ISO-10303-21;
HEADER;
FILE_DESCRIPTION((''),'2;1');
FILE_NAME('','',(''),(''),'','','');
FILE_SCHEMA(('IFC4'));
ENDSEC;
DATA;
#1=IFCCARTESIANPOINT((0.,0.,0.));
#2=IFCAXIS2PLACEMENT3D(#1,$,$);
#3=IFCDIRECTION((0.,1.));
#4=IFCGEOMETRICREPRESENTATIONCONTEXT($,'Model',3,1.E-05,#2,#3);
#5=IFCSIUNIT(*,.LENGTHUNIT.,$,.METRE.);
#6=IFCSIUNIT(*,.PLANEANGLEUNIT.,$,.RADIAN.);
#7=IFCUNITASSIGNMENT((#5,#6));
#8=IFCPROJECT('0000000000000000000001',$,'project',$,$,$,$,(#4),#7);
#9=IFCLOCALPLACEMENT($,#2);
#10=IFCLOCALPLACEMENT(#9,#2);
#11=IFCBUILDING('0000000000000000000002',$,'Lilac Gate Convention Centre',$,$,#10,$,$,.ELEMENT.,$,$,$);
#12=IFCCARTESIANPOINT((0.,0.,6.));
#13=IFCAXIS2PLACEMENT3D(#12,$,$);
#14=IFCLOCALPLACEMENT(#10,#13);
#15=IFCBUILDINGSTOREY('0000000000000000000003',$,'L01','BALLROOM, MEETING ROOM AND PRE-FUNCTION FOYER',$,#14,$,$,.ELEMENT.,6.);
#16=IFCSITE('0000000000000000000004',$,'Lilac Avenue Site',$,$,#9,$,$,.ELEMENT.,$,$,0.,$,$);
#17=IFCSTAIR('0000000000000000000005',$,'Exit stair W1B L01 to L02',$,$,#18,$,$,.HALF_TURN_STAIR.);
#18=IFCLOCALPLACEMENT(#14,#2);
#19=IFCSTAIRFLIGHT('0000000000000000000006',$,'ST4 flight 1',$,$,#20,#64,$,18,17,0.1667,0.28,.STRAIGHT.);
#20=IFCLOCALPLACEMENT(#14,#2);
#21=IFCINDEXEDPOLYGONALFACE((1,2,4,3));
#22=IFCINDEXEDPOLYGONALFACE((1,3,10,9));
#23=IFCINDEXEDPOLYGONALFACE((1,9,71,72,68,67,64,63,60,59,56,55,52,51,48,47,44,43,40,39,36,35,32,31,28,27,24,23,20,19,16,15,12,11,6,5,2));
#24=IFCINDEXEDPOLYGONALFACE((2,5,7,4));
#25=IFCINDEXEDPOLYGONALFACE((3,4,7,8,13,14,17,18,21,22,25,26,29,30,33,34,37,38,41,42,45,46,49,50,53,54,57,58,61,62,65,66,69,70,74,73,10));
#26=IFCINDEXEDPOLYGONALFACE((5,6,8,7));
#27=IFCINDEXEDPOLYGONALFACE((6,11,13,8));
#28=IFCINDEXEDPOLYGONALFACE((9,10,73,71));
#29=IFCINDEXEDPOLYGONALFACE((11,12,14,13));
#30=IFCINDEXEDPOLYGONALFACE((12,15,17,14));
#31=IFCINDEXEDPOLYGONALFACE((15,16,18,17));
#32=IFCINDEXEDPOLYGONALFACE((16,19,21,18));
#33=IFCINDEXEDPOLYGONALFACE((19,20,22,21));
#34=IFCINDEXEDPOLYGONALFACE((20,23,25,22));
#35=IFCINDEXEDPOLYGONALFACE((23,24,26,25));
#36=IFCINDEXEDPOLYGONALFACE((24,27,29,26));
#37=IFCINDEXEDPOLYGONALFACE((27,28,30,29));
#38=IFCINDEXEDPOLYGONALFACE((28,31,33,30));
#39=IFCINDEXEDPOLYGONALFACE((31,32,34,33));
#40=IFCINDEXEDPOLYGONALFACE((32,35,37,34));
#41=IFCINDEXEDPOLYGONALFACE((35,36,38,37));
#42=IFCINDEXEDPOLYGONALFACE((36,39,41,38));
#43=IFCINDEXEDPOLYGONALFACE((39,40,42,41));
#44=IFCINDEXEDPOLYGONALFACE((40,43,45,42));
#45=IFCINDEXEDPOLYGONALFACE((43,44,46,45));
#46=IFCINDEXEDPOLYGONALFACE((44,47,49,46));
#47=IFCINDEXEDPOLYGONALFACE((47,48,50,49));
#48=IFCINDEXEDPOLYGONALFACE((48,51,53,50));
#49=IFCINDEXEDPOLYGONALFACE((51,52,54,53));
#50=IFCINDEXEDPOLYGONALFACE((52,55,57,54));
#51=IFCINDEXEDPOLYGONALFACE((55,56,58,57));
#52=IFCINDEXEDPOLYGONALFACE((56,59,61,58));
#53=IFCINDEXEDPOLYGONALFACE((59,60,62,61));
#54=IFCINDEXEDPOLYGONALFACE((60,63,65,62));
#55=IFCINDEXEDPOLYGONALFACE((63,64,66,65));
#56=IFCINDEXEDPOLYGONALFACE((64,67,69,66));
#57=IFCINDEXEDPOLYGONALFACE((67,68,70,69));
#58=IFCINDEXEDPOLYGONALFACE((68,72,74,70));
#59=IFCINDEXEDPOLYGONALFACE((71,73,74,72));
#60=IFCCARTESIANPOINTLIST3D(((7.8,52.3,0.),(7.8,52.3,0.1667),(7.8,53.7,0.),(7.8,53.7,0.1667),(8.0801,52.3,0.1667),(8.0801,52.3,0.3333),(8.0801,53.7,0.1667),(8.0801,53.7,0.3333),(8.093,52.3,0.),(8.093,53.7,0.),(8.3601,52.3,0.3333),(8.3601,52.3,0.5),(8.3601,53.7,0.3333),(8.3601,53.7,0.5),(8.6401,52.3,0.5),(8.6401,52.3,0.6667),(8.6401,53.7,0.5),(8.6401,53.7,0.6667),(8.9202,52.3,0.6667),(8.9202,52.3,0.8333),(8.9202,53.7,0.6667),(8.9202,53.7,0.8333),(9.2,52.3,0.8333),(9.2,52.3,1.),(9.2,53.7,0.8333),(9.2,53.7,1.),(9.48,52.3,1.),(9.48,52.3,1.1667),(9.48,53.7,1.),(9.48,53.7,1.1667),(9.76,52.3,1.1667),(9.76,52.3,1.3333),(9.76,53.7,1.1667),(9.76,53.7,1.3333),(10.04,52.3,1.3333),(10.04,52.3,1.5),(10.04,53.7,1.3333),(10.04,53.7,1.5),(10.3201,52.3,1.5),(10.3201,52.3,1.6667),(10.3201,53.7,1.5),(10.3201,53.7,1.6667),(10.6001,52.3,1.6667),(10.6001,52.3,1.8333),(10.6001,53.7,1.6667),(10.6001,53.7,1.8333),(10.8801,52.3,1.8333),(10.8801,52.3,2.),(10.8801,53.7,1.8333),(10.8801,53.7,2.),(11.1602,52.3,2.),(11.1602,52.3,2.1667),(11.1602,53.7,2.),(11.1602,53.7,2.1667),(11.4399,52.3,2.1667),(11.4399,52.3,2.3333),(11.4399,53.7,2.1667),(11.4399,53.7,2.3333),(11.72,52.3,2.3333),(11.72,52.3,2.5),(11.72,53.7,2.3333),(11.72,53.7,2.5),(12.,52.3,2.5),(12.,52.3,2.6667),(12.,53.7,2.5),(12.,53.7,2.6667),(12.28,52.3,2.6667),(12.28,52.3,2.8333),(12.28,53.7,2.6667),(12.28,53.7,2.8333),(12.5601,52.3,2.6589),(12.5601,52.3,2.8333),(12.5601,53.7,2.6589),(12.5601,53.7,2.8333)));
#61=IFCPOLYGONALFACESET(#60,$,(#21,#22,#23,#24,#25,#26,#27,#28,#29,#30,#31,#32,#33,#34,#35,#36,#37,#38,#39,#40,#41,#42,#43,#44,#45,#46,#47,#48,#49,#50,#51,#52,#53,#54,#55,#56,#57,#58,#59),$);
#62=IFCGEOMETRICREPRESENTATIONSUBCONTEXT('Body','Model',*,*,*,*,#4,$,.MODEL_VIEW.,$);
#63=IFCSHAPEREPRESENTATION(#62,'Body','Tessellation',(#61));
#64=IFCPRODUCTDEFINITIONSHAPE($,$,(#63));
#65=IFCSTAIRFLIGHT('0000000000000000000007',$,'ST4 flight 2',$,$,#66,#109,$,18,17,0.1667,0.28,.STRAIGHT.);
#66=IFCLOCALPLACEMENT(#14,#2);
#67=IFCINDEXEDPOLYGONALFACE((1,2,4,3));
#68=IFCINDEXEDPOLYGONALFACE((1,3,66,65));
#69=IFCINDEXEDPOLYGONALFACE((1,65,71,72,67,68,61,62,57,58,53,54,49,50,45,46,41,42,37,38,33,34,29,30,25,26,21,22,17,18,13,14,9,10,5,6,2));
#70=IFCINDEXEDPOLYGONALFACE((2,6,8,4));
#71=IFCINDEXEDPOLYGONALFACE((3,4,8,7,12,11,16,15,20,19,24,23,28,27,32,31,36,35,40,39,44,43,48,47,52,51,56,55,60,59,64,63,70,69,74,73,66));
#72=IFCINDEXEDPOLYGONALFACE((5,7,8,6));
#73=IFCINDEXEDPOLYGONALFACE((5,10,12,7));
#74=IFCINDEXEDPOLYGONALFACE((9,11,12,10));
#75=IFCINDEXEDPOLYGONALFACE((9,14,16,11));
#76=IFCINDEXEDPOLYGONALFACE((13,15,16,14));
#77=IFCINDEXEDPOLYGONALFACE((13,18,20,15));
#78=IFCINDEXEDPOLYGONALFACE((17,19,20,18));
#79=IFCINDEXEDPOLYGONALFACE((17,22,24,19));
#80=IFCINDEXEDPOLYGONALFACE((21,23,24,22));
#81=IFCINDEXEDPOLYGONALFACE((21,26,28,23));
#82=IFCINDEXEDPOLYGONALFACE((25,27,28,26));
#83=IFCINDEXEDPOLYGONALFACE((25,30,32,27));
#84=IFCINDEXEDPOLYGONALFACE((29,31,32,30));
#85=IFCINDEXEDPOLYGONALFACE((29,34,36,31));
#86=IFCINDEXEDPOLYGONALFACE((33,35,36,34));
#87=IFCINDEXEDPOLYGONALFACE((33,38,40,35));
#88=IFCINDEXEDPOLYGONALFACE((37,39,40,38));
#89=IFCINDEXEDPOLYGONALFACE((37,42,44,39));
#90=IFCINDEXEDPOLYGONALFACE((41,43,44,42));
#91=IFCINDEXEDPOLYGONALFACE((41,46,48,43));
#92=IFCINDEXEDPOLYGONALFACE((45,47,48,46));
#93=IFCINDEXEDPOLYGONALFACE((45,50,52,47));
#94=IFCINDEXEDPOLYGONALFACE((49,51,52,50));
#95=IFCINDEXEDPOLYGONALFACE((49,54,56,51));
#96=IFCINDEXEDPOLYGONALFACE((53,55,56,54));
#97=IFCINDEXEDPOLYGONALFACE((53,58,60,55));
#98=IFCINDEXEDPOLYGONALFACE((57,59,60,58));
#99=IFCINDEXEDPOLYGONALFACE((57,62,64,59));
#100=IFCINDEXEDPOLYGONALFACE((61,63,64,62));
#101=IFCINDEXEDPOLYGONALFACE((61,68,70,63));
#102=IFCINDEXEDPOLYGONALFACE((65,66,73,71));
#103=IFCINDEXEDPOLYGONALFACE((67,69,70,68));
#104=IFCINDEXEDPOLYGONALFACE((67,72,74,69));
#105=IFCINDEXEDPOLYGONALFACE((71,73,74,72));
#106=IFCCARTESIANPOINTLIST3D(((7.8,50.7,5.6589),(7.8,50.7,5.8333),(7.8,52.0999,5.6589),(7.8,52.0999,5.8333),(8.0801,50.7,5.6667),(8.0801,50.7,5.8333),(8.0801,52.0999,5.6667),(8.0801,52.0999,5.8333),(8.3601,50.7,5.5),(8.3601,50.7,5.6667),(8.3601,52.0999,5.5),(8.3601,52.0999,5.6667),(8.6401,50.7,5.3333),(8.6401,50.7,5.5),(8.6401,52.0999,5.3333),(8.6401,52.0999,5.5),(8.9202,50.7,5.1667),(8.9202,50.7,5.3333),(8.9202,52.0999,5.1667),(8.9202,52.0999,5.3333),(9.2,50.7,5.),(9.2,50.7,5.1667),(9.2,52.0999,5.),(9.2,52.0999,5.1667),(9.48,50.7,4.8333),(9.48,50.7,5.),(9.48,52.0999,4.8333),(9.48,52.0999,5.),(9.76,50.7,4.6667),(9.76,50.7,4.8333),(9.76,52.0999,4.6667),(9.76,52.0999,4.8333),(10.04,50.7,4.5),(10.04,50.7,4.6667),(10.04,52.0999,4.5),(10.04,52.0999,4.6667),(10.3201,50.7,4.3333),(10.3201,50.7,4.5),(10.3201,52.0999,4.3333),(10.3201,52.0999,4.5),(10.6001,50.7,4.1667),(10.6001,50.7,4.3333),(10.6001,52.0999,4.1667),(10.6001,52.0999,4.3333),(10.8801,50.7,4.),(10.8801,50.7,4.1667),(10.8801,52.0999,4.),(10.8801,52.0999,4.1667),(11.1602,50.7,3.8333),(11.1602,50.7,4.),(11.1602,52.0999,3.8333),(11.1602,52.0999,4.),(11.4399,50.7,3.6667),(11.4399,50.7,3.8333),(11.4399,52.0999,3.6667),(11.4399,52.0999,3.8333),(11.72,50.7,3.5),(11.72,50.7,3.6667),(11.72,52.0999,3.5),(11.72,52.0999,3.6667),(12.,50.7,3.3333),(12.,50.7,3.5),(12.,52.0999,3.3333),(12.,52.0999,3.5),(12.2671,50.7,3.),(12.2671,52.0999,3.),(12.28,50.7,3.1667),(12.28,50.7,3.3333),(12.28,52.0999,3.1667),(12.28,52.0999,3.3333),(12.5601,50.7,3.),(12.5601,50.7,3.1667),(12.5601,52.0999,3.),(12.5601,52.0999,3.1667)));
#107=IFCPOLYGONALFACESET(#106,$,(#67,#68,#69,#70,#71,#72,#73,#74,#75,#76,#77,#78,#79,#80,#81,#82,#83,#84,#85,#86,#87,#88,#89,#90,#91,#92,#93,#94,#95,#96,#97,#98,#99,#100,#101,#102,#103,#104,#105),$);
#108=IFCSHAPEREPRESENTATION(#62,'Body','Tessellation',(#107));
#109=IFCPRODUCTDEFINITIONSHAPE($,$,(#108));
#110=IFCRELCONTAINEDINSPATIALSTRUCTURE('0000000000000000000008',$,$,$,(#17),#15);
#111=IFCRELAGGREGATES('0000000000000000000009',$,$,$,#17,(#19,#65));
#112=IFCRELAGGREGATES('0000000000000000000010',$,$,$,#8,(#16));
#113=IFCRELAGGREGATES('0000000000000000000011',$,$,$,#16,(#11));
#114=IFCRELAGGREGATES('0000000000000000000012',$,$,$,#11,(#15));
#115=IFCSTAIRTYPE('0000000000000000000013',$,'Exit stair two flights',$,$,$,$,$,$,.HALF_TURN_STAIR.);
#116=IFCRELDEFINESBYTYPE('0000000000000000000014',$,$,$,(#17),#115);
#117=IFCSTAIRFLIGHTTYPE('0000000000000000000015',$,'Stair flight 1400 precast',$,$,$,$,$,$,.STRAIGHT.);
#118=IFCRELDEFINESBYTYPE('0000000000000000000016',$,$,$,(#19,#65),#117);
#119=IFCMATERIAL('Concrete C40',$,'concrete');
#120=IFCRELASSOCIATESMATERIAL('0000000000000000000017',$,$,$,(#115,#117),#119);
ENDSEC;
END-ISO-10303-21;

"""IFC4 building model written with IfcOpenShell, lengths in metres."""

from ifc_helpers import new_model, si_unit, direction, frame, origin, place, context, subcontext, project, spatial, polyline, outline, extrude, material, type_object, element, aggregate, save


model = new_model("IFC4")

# Units and contexts
model_context = context("Model", 3, precision=1e-05, world=origin(), true_north=direction((0.0, 1.0)))
body_context = subcontext(model_context, "Body", "Model", "MODEL_VIEW")
ifc_project = project(units=[si_unit("LENGTHUNIT", "METRE"), si_unit("PLANEANGLEUNIT", "RADIAN")], contexts=[model_context])

# Site, building, storey
site_placement = place(None, origin())
site = spatial("IfcSite", under=ifc_project, at=site_placement, Name="Lilac Avenue Site", CompositionType="ELEMENT", RefElevation=0.0)
building_placement = place(site_placement, origin())
building = spatial("IfcBuilding", under=site, at=building_placement, Name="Lilac Gate Convention Centre", CompositionType="ELEMENT")
storey_placement = place(building_placement, frame((0.0, 0.0, 6.0)))
storey = spatial("IfcBuildingStorey", under=building, at=storey_placement, Name="L01", Description="BALLROOM, MEETING ROOM AND PRE-FUNCTION FOYER", CompositionType="ELEMENT", Elevation=6.0)

# Shared definitions
ifc_material_1 = material(Name="Concrete C40", Category="concrete")

# Stair, stair flights
stair_type = type_object("IfcStairType", Name="Exit stair two flights", PredefinedType="HALF_TURN_STAIR", material=ifc_material_1)
stair_placement = place(storey_placement, origin())
stair = element("IfcStair", 1, at=stair_placement, inside=storey, type_object=stair_type, Name="Exit stair W1B L01 to L02", PredefinedType="HALF_TURN_STAIR")
stair_flight_type = type_object("IfcStairFlightType", Name="Stair flight 1400 precast", PredefinedType="STRAIGHT", material=ifc_material_1)
stair_flight_1_placement = place(storey_placement, frame((7.8, 53.0, 0.0), z_axis=(0.0, 0.0, 1.0), x_axis=(1.0, 0.0, 0.0)))
stair_flight_1 = element("IfcStairFlight", 2, at=stair_flight_1_placement, type_object=stair_flight_type, Name="ST4 flight 1", NumberOfRisers=18, NumberOfTreads=17, PredefinedType="STRAIGHT", RiserHeight=0.1667, TreadLength=0.28, context=body_context, shape_type="SweptSolid", body=[
    extrude(outline(polyline([(0.0, 0.0), (0.0, 0.1667), (0.28, 0.1667), (0.28, 0.3333), (0.5601, 0.3333), (0.5601, 0.5), (0.8401, 0.5), (0.8401, 0.6667), (1.1201, 0.6667), (1.1201, 0.8333), (1.3999, 0.8333), (1.3999, 1.0), (1.6799, 1.0), (1.6799, 1.1667), (1.96, 1.1667), (1.96, 1.3333), (2.24, 1.3333), (2.24, 1.5), (2.52, 1.5), (2.52, 1.6667), (2.8, 1.6667), (2.8, 1.8333), (3.0801, 1.8333), (3.0801, 2.0), (3.3601, 2.0), (3.3601, 2.1667), (3.6399, 2.1667), (3.6399, 2.3333), (3.9199, 2.3333), (3.9199, 2.5), (4.2, 2.5), (4.2, 2.6667), (4.48, 2.6667), (4.48, 2.8333), (4.76, 2.8333), (4.76, 3.0), (4.76, 2.6589), (0.293, 0.0), (0.0, 0.0)])), frame((0.0, 0.7, 0.0), z_axis=(0.0, -1.0, 0.0), x_axis=(1.0, 0.0, 0.0)), (0.0, 0.0, 1.0), 1.3999),
])
stair_flight_2_placement = place(storey_placement, frame((12.5601, 51.3999, 3.0), z_axis=(0.0, 0.0, 1.0), x_axis=(-1.0, 0.0, 0.0)))
stair_flight_2 = element("IfcStairFlight", 3, at=stair_flight_2_placement, type_object=stair_flight_type, Name="ST4 flight 2", NumberOfRisers=18, NumberOfTreads=17, PredefinedType="STRAIGHT", RiserHeight=0.1667, TreadLength=0.28, context=body_context, shape_type="SweptSolid", body=[
    extrude(outline(polyline([(0.0, 0.0), (0.0, 0.1667), (0.28, 0.1667), (0.28, 0.3333), (0.5601, 0.3333), (0.5601, 0.5), (0.8401, 0.5), (0.8401, 0.6667), (1.1201, 0.6667), (1.1201, 0.8333), (1.3999, 0.8333), (1.3999, 1.0), (1.6799, 1.0), (1.6799, 1.1667), (1.96, 1.1667), (1.96, 1.3333), (2.24, 1.3333), (2.24, 1.5), (2.52, 1.5), (2.52, 1.6667), (2.8, 1.6667), (2.8, 1.8333), (3.0801, 1.8333), (3.0801, 2.0), (3.3601, 2.0), (3.3601, 2.1667), (3.6399, 2.1667), (3.6399, 2.3333), (3.9199, 2.3333), (3.9199, 2.5), (4.2, 2.5), (4.2, 2.6667), (4.48, 2.6667), (4.48, 2.8333), (4.76, 2.8333), (4.76, 3.0), (4.76, 2.6589), (0.293, 0.0), (0.0, 0.0)])), frame((0.0, 0.7, 0.0), z_axis=(0.0, -1.0, 0.0), x_axis=(1.0, 0.0, 0.0)), (0.0, 0.0, 1.0), 1.3999),
])
aggregate(stair, [stair_flight_1, stair_flight_2])

save(model, "model.ifc")
